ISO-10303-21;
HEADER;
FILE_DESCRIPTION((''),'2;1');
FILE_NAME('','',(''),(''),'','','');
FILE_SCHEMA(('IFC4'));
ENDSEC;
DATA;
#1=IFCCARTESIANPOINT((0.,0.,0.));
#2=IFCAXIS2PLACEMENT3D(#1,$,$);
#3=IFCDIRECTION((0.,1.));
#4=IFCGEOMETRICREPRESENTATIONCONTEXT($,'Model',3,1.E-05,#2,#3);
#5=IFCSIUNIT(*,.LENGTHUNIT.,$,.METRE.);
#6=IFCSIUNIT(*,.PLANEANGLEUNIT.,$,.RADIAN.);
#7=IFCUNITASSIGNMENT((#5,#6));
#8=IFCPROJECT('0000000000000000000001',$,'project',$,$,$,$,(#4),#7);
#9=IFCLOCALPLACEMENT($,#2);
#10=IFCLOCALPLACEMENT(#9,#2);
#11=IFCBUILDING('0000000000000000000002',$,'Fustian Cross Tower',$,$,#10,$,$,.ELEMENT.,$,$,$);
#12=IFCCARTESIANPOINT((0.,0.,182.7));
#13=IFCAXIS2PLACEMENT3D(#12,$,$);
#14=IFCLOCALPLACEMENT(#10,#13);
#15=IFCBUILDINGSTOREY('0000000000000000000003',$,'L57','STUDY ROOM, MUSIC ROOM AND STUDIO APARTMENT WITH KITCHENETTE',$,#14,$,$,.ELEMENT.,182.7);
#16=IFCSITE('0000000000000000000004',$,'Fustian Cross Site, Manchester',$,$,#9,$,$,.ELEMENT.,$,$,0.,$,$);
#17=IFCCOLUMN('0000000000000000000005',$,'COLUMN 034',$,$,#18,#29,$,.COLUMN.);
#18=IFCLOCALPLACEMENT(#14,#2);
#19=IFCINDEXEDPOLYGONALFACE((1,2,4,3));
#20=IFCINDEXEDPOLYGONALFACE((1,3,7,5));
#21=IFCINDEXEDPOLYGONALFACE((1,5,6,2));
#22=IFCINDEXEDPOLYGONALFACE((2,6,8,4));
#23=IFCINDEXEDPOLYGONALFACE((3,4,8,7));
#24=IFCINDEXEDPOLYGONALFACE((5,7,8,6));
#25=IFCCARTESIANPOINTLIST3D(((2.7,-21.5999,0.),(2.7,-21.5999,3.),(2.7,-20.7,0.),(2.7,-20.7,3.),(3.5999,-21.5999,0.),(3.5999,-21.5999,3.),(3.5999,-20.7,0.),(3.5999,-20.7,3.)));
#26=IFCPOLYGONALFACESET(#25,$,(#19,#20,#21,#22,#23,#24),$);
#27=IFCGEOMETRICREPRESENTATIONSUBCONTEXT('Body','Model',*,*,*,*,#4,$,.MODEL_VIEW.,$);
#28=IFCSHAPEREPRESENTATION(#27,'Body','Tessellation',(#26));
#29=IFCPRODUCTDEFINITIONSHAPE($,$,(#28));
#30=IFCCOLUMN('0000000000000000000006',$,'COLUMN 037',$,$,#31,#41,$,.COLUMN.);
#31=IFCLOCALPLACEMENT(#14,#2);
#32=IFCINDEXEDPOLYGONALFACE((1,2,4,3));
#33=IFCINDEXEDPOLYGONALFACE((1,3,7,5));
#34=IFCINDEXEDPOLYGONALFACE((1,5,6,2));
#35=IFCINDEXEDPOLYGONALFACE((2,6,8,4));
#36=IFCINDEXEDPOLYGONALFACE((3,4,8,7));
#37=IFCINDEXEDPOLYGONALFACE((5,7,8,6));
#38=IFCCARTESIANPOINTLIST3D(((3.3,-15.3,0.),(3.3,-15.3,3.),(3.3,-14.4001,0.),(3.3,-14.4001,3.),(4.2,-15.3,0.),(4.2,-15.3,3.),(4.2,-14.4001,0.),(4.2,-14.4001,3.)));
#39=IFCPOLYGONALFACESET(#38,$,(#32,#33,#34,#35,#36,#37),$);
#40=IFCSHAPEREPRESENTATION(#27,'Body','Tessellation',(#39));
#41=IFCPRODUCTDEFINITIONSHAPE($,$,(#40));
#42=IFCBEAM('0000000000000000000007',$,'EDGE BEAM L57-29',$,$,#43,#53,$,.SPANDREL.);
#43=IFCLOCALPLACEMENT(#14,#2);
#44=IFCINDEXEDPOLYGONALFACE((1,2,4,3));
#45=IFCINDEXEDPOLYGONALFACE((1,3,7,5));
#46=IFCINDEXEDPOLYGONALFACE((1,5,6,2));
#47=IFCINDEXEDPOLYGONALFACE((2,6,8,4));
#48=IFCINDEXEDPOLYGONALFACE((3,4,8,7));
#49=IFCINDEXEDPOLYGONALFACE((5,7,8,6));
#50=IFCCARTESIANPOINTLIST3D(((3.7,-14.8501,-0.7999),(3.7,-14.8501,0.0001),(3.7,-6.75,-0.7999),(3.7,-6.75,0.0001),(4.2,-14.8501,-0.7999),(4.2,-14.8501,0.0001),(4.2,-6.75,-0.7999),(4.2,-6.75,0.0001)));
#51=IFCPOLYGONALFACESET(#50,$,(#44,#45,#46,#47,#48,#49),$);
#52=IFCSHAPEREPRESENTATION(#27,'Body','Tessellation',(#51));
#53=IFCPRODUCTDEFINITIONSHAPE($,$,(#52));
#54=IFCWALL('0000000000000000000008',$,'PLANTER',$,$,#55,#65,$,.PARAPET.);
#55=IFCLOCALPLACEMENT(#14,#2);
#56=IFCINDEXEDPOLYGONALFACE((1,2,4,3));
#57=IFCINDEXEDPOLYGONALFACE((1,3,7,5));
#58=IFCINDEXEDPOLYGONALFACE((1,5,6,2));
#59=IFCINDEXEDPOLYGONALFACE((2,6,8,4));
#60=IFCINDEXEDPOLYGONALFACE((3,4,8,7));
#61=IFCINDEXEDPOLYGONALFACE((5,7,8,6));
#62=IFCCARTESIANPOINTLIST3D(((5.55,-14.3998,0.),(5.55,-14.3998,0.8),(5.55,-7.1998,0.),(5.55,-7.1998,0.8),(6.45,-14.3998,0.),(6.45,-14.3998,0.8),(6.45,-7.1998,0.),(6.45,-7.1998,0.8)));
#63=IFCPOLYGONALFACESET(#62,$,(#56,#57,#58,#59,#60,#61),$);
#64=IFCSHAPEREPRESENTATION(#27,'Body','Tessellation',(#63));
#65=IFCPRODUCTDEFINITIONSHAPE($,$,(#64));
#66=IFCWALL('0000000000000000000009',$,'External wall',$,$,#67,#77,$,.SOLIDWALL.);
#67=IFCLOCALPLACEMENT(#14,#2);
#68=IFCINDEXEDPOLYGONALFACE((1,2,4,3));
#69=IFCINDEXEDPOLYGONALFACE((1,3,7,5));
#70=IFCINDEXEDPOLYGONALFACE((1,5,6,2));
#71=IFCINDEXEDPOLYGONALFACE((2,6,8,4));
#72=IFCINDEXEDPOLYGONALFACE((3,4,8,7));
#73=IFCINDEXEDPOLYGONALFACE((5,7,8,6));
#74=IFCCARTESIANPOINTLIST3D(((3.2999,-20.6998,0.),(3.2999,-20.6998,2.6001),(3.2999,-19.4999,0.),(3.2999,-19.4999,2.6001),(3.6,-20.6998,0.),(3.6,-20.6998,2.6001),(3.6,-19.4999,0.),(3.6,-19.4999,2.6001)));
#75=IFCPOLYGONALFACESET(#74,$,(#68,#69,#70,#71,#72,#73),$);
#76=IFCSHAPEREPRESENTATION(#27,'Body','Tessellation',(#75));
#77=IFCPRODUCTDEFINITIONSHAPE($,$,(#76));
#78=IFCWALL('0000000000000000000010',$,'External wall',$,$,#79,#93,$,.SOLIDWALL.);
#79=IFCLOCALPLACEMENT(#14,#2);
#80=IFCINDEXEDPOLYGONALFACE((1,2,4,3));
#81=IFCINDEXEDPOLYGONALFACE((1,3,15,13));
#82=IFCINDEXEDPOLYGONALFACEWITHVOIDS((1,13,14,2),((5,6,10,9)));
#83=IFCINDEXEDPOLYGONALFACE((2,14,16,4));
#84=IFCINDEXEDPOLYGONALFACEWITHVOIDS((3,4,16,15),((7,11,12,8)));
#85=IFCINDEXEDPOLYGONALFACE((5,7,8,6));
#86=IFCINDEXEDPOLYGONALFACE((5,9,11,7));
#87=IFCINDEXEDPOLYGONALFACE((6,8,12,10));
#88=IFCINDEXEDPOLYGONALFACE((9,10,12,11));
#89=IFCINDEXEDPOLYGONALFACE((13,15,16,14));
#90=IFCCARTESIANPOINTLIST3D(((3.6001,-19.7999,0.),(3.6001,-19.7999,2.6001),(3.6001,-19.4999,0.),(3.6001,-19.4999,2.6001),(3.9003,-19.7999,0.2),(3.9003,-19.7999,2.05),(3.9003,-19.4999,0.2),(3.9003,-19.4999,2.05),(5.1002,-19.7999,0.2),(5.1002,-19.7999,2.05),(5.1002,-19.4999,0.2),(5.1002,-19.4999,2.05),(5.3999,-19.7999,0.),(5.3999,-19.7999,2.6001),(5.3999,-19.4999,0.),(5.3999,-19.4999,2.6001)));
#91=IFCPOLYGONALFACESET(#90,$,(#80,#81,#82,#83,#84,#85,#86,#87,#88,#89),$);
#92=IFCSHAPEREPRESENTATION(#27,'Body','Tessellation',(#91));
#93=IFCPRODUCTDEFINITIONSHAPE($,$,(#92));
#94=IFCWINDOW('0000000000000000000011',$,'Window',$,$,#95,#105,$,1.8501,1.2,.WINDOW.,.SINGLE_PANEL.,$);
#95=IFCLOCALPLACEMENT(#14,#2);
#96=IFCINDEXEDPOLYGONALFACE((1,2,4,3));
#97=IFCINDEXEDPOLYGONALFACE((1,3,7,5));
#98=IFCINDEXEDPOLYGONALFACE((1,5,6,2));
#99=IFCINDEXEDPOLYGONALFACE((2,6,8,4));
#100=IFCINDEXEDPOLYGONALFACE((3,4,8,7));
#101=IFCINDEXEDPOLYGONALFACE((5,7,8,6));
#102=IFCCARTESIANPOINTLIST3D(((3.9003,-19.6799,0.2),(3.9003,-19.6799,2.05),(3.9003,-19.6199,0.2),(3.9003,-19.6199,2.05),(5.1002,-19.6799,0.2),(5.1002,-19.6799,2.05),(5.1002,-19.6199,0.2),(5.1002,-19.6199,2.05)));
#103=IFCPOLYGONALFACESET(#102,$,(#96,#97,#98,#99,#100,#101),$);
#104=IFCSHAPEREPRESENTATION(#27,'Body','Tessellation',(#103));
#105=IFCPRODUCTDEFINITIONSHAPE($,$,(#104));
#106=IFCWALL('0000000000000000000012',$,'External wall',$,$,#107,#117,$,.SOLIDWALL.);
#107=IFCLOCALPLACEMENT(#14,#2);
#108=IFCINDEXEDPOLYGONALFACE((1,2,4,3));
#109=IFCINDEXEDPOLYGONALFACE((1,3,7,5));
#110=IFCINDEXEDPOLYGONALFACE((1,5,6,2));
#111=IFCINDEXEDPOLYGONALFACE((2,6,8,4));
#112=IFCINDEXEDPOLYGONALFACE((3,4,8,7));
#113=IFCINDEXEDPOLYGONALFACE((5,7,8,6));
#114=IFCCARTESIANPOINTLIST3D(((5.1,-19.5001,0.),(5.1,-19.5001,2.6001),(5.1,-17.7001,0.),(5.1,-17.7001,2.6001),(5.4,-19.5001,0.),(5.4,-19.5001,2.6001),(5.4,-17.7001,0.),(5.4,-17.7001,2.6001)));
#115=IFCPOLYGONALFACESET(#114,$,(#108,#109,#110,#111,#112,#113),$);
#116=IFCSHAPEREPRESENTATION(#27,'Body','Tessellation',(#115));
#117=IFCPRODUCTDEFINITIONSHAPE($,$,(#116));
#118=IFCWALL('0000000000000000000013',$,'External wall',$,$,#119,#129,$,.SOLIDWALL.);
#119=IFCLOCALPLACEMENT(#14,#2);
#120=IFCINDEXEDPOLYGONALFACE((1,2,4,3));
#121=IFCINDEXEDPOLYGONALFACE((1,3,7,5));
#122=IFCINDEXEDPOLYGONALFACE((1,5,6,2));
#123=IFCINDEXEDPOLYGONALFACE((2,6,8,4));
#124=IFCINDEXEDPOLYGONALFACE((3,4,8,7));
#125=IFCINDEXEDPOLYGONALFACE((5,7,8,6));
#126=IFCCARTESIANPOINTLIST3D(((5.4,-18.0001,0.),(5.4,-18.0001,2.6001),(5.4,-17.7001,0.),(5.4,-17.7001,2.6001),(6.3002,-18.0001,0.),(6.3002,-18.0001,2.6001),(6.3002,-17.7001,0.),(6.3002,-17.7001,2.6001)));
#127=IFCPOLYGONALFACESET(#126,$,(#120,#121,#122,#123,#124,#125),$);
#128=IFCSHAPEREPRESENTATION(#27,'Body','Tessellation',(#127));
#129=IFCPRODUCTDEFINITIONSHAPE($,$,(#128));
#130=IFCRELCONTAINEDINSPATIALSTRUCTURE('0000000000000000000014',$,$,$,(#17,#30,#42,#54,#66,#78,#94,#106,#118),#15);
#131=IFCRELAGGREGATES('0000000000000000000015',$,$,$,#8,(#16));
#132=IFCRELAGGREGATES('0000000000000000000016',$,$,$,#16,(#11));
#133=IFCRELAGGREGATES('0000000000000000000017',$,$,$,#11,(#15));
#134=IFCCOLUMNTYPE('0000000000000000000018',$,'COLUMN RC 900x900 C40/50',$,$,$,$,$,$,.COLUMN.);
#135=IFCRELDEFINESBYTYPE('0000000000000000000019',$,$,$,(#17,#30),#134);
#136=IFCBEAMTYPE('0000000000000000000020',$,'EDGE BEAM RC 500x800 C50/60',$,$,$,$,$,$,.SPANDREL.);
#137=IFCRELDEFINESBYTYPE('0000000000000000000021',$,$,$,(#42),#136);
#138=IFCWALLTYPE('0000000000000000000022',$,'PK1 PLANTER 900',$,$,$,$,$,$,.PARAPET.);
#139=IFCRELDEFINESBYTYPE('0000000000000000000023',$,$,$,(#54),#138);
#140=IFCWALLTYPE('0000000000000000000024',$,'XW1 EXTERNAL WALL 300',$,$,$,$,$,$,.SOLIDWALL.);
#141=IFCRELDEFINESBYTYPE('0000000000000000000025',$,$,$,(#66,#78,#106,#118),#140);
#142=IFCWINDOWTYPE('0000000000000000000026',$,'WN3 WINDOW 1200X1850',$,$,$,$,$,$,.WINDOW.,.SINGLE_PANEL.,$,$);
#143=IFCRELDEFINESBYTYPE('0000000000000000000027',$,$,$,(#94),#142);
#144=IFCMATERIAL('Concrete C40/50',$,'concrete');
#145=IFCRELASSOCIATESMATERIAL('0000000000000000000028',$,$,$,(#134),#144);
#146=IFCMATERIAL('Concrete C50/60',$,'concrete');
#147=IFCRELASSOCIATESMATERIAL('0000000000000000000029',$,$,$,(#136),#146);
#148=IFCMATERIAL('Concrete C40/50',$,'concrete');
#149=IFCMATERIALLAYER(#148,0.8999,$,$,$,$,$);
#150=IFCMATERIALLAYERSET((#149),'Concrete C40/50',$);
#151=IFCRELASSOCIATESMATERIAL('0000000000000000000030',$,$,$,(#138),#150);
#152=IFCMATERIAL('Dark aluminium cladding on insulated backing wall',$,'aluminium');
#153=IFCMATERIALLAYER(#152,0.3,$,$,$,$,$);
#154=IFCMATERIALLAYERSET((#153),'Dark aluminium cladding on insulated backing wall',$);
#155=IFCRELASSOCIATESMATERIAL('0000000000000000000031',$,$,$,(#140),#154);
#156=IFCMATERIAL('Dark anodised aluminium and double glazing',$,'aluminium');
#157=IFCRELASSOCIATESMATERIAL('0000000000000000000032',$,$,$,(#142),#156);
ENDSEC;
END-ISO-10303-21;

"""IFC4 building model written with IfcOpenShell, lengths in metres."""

from ifc_helpers import new_model, si_unit, direction, frame, frame_2d, origin, origin_2d, place, context, subcontext, project, spatial, rectangle, extrude, material, layer, layer_set, material_profile, profile_set, type_object, element, fill, save


model = new_model("IFC4")

# Units and contexts
model_context = context("Model", 3, precision=1e-05, world=origin(), true_north=direction((0.0, 1.0)))
body_context = subcontext(model_context, "Body", "Model", "MODEL_VIEW")
ifc_project = project(units=[si_unit("LENGTHUNIT", "METRE"), si_unit("PLANEANGLEUNIT", "RADIAN")], contexts=[model_context])

# Site, building, storey
site_placement = place(None, origin())
site = spatial("IfcSite", under=ifc_project, at=site_placement, Name="Fustian Cross Site, Manchester", CompositionType="ELEMENT", RefElevation=0.0)
building_placement = place(site_placement, origin())
building = spatial("IfcBuilding", under=site, at=building_placement, Name="Fustian Cross Tower", CompositionType="ELEMENT")
storey_placement = place(building_placement, frame((0.0, 0.0, 182.7)))
storey = spatial("IfcBuildingStorey", under=building, at=storey_placement, Name="L57", Description="STUDY ROOM, MUSIC ROOM AND STUDIO APARTMENT WITH KITCHENETTE", CompositionType="ELEMENT", Elevation=182.7)

# Columns
ifc_material_1 = material(Name="Concrete C40/50", Category="concrete")
ifc_material_profile_1 = material_profile(ifc_material_1, rectangle(XDim=0.8999, YDim=0.8999, at=origin_2d()), Name="RC 900x900")
ifc_profile_set_1 = profile_set([ifc_material_profile_1], Name="Concrete C40/50")
column_type = type_object("IfcColumnType", Name="COLUMN RC 900x900 C40/50", PredefinedType="COLUMN", material=ifc_profile_set_1)
for number, where, z_axis, x_axis, name in (
    (1, (3.1499, -21.1499, 0.0), (0.0, 0.0, 1.0), (1.0, 0.0, 0.0), "COLUMN 034"),
    (2, (3.75, -14.8501, 0.0), (0.0, 0.0, 1.0), (1.0, 0.0, 0.0), "COLUMN 037"),
):
    element("IfcColumn", number, at=place(storey_placement, frame(where, z_axis=z_axis, x_axis=x_axis)), inside=storey, type_object=column_type, Name=name, PredefinedType="COLUMN", context=body_context, shape_type="SweptSolid", body=[
        extrude(rectangle(XDim=0.8999, YDim=0.8999, at=origin_2d()), origin(), (0.0, 0.0, 1.0), 3.0),
    ])

# Beam
ifc_material_2 = material(Name="Concrete C50/60", Category="concrete")
ifc_material_profile_2 = material_profile(ifc_material_2, rectangle(XDim=0.5, YDim=0.8, at=origin_2d()), Name="RC 500x800")
ifc_profile_set_2 = profile_set([ifc_material_profile_2], Name="Concrete C50/60")
beam_type = type_object("IfcBeamType", Name="EDGE BEAM RC 500x800 C50/60", PredefinedType="SPANDREL", material=ifc_profile_set_2)
beam_placement = place(storey_placement, frame((3.95, -14.8501, -0.3999), z_axis=(0.0, 1.0, 0.0), x_axis=(-1.0, 0.0, 0.0)))
element("IfcBeam", 3, at=beam_placement, inside=storey, type_object=beam_type, Name="EDGE BEAM L57-29", PredefinedType="SPANDREL", context=body_context, shape_type="SweptSolid", body=[
    extrude(rectangle(XDim=0.5, YDim=0.8, at=origin_2d()), origin(), (0.0, 0.0, 1.0), 8.1001),
])

# Walls
ifc_material_3 = material(Name="Concrete C40/50", Category="concrete")
ifc_layer_1 = layer(ifc_material_3, 0.8999)
ifc_layer_set_1 = layer_set([ifc_layer_1], Name="Concrete C40/50")
wall_type_1 = type_object("IfcWallType", Name="PK1 PLANTER 900", PredefinedType="PARAPET", material=ifc_layer_set_1)
wall_1_placement = place(storey_placement, frame((6.0, -14.3999, 0.0), z_axis=(0.0, 0.0, 1.0), x_axis=(0.0, 1.0, 0.0)))
element("IfcWall", 4, at=wall_1_placement, inside=storey, type_object=wall_type_1, Name="PLANTER", PredefinedType="PARAPET", context=body_context, shape_type="SweptSolid", body=[
    extrude(rectangle(XDim=7.2, YDim=0.8999, at=frame_2d((3.6001, 0.0))), origin(), (0.0, 0.0, 1.0), 0.8),
])
ifc_material_4 = material(Name="Dark aluminium cladding on insulated backing wall", Category="aluminium")
ifc_layer_2 = layer(ifc_material_4, 0.3)
ifc_layer_set_2 = layer_set([ifc_layer_2], Name="Dark aluminium cladding on insulated backing wall")
wall_type_2 = type_object("IfcWallType", Name="XW1 EXTERNAL WALL 300", PredefinedType="SOLIDWALL", material=ifc_layer_set_2)
wall_2_placement = place(storey_placement, frame((3.45, -20.7, 0.0), z_axis=(0.0, 0.0, 1.0), x_axis=(0.0, 1.0, 0.0)))
element("IfcWall", 5, at=wall_2_placement, inside=storey, type_object=wall_type_2, Name="External wall", PredefinedType="SOLIDWALL", context=body_context, shape_type="SweptSolid", body=[
    extrude(rectangle(XDim=1.2, YDim=0.3, at=frame_2d((0.6001, 0.0))), origin(), (0.0, 0.0, 1.0), 2.6001),
])

# Wall, opening, window
wall_3_placement = place(storey_placement, frame((3.6001, -19.6499, 0.0), z_axis=(0.0, 0.0, 1.0), x_axis=(1.0, 0.0, 0.0)))
wall_3 = element("IfcWall", 6, at=wall_3_placement, inside=storey, type_object=wall_type_2, Name="External wall", PredefinedType="SOLIDWALL", context=body_context, shape_type="SweptSolid", body=[
    extrude(rectangle(XDim=1.7998, YDim=0.3, at=frame_2d((0.8999, 0.0))), origin(), (0.0, 0.0, 1.0), 2.6001),
])
opening_1_placement = place(wall_3_placement, frame((0.3, 0.0, 0.2)))
opening_1 = element("IfcOpeningElement", 7, at=opening_1_placement, cuts=wall_3, PredefinedType="OPENING", context=body_context, shape_type="SweptSolid", body=[
    extrude(rectangle(XDim=1.2, YDim=1.8501, at=frame_2d((0.6001, 0.925))), frame((0.0, 0.1599, 0.0), z_axis=(0.0, -1.0, 0.0), x_axis=(1.0, 0.0, 0.0)), (0.0, 0.0, 1.0), 0.3201),
])
ifc_material_5 = material(Name="Dark anodised aluminium and double glazing", Category="aluminium")
window_type_1 = type_object("IfcWindowType", Name="WN3 WINDOW 1200X1850", PartitioningType="SINGLE_PANEL", PredefinedType="WINDOW", material=ifc_material_5)
window_1_placement = place(opening_1_placement, origin())
window_1 = element("IfcWindow", 8, at=window_1_placement, inside=storey, type_object=window_type_1, Name="Window", OverallHeight=1.8501, OverallWidth=1.2, PartitioningType="SINGLE_PANEL", PredefinedType="WINDOW", context=body_context, shape_type="SweptSolid", body=[
    extrude(rectangle(XDim=1.2, YDim=1.8501, at=frame_2d((0.6001, 0.925))), frame((0.0, 0.03, 0.0), z_axis=(0.0, -1.0, 0.0), x_axis=(1.0, 0.0, 0.0)), (0.0, 0.0, 1.0), 0.0601),
])
fill(opening_1, window_1)

# Walls
wall_4_placement = place(storey_placement, frame((5.25, -19.5, 0.0), z_axis=(0.0, 0.0, 1.0), x_axis=(0.0, 1.0, 0.0)))
element("IfcWall", 9, at=wall_4_placement, inside=storey, type_object=wall_type_2, Name="External wall", PredefinedType="SOLIDWALL", context=body_context, shape_type="SweptSolid", body=[
    extrude(rectangle(XDim=1.8, YDim=0.3, at=frame_2d((0.8999, 0.0))), origin(), (0.0, 0.0, 1.0), 2.6001),
])
wall_5_placement = place(storey_placement, frame((5.3999, -17.8501, 0.0), z_axis=(0.0, 0.0, 1.0), x_axis=(1.0, 0.0, 0.0)))
element("IfcWall", 10, at=wall_5_placement, inside=storey, type_object=wall_type_2, Name="External wall", PredefinedType="SOLIDWALL", context=body_context, shape_type="SweptSolid", body=[
    extrude(rectangle(XDim=0.9001, YDim=0.3, at=frame_2d((0.4502, 0.0))), origin(), (0.0, 0.0, 1.0), 2.6001),
])

save(model, "model.ifc")
